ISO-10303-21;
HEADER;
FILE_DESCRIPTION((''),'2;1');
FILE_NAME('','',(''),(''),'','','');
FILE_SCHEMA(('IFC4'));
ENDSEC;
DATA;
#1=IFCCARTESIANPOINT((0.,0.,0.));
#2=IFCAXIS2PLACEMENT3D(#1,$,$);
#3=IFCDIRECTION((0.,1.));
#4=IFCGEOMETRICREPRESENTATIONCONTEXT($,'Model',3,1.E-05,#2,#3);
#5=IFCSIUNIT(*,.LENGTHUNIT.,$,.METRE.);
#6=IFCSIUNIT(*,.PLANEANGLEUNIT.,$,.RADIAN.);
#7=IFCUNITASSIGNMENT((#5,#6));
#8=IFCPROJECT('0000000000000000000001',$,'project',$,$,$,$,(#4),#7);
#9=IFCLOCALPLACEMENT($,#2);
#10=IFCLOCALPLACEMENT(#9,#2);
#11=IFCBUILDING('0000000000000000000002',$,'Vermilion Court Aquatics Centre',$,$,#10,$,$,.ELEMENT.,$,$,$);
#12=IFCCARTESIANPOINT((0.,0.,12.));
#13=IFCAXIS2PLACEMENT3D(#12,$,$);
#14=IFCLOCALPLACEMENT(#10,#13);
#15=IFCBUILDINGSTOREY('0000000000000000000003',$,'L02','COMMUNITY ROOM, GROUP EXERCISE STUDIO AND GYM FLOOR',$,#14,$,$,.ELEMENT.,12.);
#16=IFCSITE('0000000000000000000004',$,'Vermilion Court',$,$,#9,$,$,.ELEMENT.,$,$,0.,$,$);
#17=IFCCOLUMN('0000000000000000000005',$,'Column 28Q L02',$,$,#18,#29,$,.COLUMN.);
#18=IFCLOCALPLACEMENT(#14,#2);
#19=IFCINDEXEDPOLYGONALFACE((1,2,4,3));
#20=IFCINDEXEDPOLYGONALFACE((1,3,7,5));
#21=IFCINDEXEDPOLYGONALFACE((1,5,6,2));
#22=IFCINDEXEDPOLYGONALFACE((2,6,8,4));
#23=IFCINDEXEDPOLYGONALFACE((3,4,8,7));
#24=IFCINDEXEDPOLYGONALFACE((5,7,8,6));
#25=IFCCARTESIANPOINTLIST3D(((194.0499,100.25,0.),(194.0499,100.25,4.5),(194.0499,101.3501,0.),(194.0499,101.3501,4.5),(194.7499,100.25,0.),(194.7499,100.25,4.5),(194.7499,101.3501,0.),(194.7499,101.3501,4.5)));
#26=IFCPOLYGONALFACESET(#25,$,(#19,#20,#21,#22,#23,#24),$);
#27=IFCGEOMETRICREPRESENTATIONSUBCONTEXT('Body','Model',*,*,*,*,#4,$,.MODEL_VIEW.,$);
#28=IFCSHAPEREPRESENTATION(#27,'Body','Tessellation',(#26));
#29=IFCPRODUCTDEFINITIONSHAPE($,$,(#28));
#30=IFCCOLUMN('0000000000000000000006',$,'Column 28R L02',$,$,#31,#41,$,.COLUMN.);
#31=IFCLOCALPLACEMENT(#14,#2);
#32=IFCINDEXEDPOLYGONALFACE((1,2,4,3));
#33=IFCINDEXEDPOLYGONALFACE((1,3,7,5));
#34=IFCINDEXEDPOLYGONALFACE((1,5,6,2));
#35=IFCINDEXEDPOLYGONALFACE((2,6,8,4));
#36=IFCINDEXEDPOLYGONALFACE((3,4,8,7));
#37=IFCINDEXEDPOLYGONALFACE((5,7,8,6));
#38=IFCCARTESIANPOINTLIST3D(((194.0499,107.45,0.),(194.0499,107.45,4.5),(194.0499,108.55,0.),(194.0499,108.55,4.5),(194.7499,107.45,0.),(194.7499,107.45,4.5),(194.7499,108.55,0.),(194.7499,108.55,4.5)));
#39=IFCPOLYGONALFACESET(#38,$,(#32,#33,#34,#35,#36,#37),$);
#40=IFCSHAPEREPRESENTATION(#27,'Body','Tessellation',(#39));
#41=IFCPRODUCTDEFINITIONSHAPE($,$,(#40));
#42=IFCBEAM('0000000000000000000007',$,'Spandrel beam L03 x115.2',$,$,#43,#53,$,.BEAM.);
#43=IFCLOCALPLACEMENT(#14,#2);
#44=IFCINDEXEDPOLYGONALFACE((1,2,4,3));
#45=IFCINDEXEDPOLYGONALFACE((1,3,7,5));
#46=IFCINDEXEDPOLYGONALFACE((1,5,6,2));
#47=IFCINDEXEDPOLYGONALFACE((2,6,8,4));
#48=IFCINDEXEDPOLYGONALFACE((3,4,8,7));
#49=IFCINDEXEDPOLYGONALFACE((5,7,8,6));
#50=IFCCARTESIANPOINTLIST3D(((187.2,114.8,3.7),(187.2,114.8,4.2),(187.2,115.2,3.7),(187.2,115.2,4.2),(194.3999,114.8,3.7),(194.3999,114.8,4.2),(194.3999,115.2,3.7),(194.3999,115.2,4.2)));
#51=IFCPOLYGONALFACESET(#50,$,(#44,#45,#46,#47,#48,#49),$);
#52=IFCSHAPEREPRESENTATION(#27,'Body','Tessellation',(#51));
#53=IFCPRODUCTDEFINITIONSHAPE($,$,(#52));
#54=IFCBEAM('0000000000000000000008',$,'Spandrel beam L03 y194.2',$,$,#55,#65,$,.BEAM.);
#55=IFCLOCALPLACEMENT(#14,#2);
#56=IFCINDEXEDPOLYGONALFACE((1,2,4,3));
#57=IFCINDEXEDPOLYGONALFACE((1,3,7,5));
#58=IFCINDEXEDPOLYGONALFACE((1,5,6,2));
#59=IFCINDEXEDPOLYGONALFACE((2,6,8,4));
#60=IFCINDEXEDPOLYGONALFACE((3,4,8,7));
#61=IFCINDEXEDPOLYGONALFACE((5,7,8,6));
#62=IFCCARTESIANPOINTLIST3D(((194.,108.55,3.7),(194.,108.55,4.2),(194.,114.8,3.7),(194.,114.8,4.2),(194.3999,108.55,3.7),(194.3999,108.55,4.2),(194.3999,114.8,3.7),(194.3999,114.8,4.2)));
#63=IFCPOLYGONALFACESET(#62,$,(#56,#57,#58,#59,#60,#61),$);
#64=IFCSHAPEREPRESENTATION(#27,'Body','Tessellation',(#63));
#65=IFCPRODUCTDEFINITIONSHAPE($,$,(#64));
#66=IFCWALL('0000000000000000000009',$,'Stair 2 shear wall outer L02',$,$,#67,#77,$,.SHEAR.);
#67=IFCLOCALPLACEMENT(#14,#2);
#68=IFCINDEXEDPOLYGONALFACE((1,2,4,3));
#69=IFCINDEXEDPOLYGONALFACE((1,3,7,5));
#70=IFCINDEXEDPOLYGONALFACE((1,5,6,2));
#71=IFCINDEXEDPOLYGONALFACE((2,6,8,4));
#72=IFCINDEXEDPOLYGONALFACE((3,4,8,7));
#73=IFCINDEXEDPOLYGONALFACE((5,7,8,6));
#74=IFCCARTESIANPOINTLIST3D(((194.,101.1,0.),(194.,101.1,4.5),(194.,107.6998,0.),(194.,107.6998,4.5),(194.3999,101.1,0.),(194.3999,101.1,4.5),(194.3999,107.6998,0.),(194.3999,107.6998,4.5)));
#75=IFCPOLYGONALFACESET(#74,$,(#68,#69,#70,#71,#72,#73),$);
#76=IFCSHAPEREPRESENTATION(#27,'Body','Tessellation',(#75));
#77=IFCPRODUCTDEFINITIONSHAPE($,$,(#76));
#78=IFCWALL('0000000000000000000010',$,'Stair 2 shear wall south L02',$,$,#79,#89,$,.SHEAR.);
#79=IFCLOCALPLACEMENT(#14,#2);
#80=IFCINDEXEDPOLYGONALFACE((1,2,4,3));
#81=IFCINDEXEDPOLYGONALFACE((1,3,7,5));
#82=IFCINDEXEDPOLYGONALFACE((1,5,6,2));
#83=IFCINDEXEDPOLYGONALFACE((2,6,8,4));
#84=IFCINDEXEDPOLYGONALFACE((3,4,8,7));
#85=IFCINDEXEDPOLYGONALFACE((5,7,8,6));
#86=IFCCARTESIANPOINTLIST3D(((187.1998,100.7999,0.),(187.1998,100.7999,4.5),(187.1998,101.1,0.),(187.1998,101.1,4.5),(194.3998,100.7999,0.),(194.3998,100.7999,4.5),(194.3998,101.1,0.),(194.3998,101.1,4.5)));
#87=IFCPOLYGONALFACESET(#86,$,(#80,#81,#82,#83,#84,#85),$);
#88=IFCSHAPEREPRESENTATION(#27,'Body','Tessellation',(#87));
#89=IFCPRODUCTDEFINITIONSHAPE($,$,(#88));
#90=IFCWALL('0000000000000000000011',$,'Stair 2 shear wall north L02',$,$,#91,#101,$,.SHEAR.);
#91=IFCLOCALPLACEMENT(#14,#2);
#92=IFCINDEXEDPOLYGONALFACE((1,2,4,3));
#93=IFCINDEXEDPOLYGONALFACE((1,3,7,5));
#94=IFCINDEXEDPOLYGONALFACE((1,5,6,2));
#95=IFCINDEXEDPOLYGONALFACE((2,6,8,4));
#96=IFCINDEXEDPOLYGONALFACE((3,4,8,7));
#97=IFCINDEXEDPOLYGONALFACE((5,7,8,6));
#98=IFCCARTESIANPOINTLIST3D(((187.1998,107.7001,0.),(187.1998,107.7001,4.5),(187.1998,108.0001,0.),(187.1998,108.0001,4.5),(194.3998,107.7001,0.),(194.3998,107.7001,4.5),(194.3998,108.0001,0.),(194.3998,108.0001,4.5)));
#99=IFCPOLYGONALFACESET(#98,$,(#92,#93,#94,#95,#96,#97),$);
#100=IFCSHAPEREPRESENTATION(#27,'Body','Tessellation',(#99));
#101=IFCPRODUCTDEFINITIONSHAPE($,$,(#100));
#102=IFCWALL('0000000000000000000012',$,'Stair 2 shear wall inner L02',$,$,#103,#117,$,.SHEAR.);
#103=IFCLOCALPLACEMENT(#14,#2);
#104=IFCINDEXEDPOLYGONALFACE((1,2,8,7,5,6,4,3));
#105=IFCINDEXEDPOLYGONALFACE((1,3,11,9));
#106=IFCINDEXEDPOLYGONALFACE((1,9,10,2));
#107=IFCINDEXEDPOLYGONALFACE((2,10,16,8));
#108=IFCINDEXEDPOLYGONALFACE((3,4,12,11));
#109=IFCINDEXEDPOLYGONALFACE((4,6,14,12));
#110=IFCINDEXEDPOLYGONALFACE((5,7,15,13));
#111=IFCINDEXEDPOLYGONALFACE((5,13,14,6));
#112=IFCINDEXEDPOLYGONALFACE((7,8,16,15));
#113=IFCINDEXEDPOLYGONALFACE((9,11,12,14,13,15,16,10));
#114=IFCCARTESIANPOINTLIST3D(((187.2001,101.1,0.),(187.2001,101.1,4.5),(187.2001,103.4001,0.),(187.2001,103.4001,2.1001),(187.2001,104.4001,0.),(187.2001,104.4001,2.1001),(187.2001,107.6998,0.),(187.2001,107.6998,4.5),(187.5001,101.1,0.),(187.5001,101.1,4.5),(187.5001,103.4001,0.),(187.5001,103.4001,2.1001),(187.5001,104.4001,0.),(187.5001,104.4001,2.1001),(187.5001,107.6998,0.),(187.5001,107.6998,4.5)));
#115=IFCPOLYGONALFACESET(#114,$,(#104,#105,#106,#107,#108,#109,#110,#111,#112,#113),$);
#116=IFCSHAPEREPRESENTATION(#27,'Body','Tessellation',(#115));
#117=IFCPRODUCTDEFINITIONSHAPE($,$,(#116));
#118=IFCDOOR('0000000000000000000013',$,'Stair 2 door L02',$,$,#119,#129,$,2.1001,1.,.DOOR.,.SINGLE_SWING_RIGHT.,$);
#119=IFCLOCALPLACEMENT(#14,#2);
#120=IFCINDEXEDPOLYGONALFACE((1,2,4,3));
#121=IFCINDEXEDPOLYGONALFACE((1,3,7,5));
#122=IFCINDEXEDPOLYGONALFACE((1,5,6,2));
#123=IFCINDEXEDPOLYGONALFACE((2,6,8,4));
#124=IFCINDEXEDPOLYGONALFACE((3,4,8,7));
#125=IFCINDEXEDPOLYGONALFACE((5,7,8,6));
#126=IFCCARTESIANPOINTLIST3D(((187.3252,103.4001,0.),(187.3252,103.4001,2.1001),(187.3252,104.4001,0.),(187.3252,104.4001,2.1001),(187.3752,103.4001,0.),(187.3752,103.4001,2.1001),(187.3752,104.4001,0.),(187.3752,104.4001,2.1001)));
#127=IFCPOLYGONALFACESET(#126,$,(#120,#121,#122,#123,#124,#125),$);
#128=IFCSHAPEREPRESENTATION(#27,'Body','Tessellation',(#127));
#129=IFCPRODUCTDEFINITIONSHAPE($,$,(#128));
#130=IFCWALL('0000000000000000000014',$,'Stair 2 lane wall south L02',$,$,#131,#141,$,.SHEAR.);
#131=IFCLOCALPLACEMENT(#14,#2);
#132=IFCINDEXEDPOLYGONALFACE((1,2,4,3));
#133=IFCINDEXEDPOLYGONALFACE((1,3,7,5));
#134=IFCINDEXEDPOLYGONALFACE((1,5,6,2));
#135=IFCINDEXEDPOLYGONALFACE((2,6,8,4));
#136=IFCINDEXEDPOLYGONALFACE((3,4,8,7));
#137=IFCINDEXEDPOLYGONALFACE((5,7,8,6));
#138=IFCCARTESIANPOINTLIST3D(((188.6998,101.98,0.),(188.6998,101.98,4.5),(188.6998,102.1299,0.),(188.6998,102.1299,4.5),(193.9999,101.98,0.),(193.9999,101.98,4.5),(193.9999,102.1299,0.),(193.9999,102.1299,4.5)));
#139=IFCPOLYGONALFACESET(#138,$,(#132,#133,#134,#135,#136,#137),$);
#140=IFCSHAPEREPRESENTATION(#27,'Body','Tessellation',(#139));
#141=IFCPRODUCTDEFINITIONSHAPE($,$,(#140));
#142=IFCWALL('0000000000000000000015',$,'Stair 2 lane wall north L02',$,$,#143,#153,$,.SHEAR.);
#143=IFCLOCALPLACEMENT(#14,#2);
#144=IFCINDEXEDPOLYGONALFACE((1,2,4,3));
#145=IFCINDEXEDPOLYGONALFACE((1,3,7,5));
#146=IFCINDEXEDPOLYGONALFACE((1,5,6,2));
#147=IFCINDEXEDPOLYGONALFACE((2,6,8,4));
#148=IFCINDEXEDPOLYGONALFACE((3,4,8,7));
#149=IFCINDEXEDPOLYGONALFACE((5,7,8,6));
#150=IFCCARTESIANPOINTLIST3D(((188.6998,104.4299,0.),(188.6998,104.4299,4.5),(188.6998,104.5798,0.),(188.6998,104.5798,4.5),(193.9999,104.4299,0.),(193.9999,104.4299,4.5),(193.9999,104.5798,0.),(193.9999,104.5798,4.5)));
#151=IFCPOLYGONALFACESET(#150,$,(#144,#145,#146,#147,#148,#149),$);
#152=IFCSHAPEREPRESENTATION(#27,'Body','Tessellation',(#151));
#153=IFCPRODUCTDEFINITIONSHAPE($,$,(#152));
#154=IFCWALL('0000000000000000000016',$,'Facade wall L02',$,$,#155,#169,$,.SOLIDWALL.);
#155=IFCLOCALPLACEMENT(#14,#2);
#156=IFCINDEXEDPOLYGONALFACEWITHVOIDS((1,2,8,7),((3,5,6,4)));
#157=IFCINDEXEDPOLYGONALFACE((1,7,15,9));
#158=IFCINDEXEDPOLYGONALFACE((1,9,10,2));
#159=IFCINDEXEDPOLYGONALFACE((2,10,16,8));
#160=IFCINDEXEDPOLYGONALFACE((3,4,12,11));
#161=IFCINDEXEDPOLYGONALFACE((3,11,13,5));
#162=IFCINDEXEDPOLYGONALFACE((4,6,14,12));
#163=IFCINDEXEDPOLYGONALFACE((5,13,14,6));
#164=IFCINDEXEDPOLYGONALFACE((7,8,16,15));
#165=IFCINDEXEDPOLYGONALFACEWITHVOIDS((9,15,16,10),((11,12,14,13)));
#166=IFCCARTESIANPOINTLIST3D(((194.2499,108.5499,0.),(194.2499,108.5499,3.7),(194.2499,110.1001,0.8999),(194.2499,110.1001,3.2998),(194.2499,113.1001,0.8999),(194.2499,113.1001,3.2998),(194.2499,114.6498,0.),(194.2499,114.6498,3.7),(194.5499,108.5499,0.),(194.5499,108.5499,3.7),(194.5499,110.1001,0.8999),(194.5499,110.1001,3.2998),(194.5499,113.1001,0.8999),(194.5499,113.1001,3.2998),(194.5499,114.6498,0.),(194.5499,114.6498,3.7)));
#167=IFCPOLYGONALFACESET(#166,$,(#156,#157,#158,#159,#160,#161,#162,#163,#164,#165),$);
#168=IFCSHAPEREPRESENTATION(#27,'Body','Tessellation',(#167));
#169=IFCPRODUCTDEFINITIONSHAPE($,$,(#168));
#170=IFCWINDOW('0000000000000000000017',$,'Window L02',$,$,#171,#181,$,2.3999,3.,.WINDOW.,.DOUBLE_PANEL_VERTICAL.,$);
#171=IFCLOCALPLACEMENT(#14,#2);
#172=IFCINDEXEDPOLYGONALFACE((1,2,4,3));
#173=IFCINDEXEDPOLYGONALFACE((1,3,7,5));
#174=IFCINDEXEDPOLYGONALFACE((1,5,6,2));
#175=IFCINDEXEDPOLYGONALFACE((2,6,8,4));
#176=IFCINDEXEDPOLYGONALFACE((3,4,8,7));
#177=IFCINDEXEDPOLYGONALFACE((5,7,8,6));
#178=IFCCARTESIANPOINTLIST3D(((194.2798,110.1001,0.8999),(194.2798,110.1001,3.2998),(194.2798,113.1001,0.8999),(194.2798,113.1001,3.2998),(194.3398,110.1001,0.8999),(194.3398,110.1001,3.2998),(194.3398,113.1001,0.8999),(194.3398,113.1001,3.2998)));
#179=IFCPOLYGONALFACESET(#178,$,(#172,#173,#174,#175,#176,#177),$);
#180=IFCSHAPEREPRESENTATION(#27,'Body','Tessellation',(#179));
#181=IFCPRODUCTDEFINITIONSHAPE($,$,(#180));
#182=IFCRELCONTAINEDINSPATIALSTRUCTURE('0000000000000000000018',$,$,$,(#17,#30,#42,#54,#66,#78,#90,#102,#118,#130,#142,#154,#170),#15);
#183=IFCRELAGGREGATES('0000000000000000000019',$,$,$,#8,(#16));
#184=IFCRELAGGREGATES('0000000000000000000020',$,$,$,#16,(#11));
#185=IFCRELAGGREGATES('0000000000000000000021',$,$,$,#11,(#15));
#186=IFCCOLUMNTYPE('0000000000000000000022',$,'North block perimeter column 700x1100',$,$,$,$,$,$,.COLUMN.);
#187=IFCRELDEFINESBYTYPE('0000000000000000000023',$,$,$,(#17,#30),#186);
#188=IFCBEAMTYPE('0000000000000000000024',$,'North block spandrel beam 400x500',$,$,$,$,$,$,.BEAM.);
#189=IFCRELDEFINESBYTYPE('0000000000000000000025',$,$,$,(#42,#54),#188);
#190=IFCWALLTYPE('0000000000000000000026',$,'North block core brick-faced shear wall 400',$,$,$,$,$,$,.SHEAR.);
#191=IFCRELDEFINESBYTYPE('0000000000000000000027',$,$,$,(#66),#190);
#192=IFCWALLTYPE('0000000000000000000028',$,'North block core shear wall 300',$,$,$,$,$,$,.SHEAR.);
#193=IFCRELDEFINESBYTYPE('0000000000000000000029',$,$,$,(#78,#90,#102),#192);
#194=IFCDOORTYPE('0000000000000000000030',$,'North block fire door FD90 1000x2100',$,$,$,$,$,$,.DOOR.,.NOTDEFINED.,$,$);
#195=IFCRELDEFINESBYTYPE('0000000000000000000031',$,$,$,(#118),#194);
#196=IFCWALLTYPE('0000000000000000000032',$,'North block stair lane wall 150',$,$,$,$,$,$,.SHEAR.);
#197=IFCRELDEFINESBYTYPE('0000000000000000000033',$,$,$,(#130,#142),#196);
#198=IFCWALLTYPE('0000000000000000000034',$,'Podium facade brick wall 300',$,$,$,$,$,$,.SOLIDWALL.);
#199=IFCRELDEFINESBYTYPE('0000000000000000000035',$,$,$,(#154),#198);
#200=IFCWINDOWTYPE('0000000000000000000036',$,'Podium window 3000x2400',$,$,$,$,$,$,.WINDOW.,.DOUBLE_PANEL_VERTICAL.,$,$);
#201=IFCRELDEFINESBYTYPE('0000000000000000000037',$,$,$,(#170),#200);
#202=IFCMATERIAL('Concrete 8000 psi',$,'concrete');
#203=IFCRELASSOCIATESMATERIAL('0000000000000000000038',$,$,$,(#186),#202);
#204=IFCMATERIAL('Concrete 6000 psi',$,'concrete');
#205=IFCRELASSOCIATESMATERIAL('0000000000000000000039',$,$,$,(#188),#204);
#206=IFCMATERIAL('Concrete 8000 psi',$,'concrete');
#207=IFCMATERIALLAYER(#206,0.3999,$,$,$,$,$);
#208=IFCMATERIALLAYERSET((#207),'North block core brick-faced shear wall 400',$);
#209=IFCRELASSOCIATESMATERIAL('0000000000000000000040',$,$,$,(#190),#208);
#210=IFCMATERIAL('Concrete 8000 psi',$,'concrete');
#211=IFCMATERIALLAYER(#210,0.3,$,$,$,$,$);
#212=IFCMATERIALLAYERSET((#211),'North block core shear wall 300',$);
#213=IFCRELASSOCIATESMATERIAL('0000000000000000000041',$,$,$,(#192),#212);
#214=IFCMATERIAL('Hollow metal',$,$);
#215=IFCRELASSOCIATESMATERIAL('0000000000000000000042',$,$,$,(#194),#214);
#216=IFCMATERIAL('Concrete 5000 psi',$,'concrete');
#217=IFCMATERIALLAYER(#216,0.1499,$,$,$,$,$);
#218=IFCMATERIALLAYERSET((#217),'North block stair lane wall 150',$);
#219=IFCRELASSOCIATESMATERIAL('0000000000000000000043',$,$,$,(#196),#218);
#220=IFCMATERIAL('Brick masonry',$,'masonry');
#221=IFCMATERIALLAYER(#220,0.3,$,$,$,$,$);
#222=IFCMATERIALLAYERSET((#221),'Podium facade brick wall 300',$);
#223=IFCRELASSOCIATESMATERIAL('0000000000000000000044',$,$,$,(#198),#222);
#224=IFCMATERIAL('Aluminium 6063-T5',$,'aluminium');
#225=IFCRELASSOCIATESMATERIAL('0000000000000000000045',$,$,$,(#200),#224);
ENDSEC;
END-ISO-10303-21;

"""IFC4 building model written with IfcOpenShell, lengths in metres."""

from ifc_helpers import new_model, si_unit, direction, frame, frame_2d, origin, origin_2d, place, context, subcontext, project, spatial, rectangle, extrude, material, layer, layer_set, material_profile, profile_set, type_object, element, fill, save


model = new_model("IFC4")

# Units and contexts
model_context = context("Model", 3, precision=1e-05, world=origin(), true_north=direction((0.0, 1.0)))
body_context = subcontext(model_context, "Body", "Model", "MODEL_VIEW")
ifc_project = project(units=[si_unit("LENGTHUNIT", "METRE"), si_unit("PLANEANGLEUNIT", "RADIAN")], contexts=[model_context])

# Site, building, storey
site_placement = place(None, origin())
site = spatial("IfcSite", under=ifc_project, at=site_placement, Name="Vermilion Court", CompositionType="ELEMENT", RefElevation=0.0)
building_placement = place(site_placement, origin())
building = spatial("IfcBuilding", under=site, at=building_placement, Name="Vermilion Court Aquatics Centre", CompositionType="ELEMENT")
storey_placement = place(building_placement, frame((0.0, 0.0, 12.0)))
storey = spatial("IfcBuildingStorey", under=building, at=storey_placement, Name="L02", Description="COMMUNITY ROOM, GROUP EXERCISE STUDIO AND GYM FLOOR", CompositionType="ELEMENT", Elevation=12.0)

# Columns
ifc_material_1 = material(Name="Concrete 8000 psi", Category="concrete")
ifc_material_profile_1 = material_profile(ifc_material_1, rectangle(XDim=0.7, YDim=1.1001, at=origin_2d()), Name="RC 700x1100")
ifc_profile_set_1 = profile_set([ifc_material_profile_1], Name="Concrete 8000 psi")
column_type = type_object("IfcColumnType", Name="North block perimeter column 700x1100", PredefinedType="COLUMN", material=ifc_profile_set_1)
for number, where, z_axis, x_axis, name in (
    (1, (194.3999, 100.8, 0.0), (0.0, 0.0, 1.0), (1.0, 0.0, 0.0), "Column 28Q L02"),
    (2, (194.3999, 108.0, 0.0), (0.0, 0.0, 1.0), (1.0, 0.0, 0.0), "Column 28R L02"),
):
    element("IfcColumn", number, at=place(storey_placement, frame(where, z_axis=z_axis, x_axis=x_axis)), inside=storey, type_object=column_type, Name=name, PredefinedType="COLUMN", context=body_context, shape_type="SweptSolid", body=[
        extrude(rectangle(XDim=0.7, YDim=1.1001, at=origin_2d()), origin(), (0.0, 0.0, 1.0), 4.5),
    ])

# Beams
ifc_material_2 = material(Name="Concrete 6000 psi", Category="concrete")
ifc_material_profile_2 = material_profile(ifc_material_2, rectangle(XDim=0.3999, YDim=0.5, at=origin_2d()), Name="RC 400x500")
ifc_profile_set_2 = profile_set([ifc_material_profile_2], Name="Concrete 6000 psi")
beam_type = type_object("IfcBeamType", Name="North block spandrel beam 400x500", PredefinedType="BEAM", material=ifc_profile_set_2)
beam_1_placement = place(storey_placement, frame((187.2, 115.0, 3.95), z_axis=(1.0, 0.0, 0.0), x_axis=(0.0, 1.0, 0.0)))
element("IfcBeam", 3, at=beam_1_placement, inside=storey, type_object=beam_type, Name="Spandrel beam L03 x115.2", PredefinedType="BEAM", context=body_context, shape_type="SweptSolid", body=[
    extrude(rectangle(XDim=0.3999, YDim=0.5, at=origin_2d()), origin(), (0.0, 0.0, 1.0), 7.2),
])
beam_2_placement = place(storey_placement, frame((194.2, 108.55, 3.95), z_axis=(0.0, 1.0, 0.0), x_axis=(-1.0, 0.0, 0.0)))
element("IfcBeam", 4, at=beam_2_placement, inside=storey, type_object=beam_type, Name="Spandrel beam L03 y194.2", PredefinedType="BEAM", context=body_context, shape_type="SweptSolid", body=[
    extrude(rectangle(XDim=0.3999, YDim=0.5, at=origin_2d()), origin(), (0.0, 0.0, 1.0), 6.25),
])

# Walls
ifc_material_3 = material(Name="Concrete 8000 psi", Category="concrete")
ifc_layer_1 = layer(ifc_material_3, 0.3999)
ifc_layer_set_1 = layer_set([ifc_layer_1], Name="North block core brick-faced shear wall 400")
wall_type_1 = type_object("IfcWallType", Name="North block core brick-faced shear wall 400", PredefinedType="SHEAR", material=ifc_layer_set_1)
wall_1_placement = place(storey_placement, frame((194.2, 101.1001, 0.0), z_axis=(0.0, 0.0, 1.0), x_axis=(0.0, 1.0, 0.0)))
element("IfcWall", 5, at=wall_1_placement, inside=storey, type_object=wall_type_1, Name="Stair 2 shear wall outer L02", PredefinedType="SHEAR", context=body_context, shape_type="SweptSolid", body=[
    extrude(rectangle(XDim=6.5999, YDim=0.3999, at=frame_2d((3.2998, 0.0))), origin(), (0.0, 0.0, 1.0), 4.5),
])
ifc_material_4 = material(Name="Concrete 8000 psi", Category="concrete")
ifc_layer_2 = layer(ifc_material_4, 0.3)
ifc_layer_set_2 = layer_set([ifc_layer_2], Name="North block core shear wall 300")
wall_type_2 = type_object("IfcWallType", Name="North block core shear wall 300", PredefinedType="SHEAR", material=ifc_layer_set_2)
for number, where, z_axis, x_axis, name in (
    (6, (194.3999, 100.95, 0.0), (0.0, 0.0, 1.0), (-1.0, 0.0, 0.0), "Stair 2 shear wall south L02"),
    (7, (194.3999, 107.8501, 0.0), (0.0, 0.0, 1.0), (-1.0, 0.0, 0.0), "Stair 2 shear wall north L02"),
):
    element("IfcWall", number, at=place(storey_placement, frame(where, z_axis=z_axis, x_axis=x_axis)), inside=storey, type_object=wall_type_2, Name=name, PredefinedType="SHEAR", context=body_context, shape_type="SweptSolid", body=[
        extrude(rectangle(XDim=7.2, YDim=0.3, at=frame_2d((3.6001, 0.0))), origin(), (0.0, 0.0, 1.0), 4.5),
    ])

# Wall, opening, door
wall_2_placement = place(storey_placement, frame((187.3501, 101.1001, 0.0), z_axis=(0.0, 0.0, 1.0), x_axis=(0.0, 1.0, 0.0)))
wall_2 = element("IfcWall", 8, at=wall_2_placement, inside=storey, type_object=wall_type_2, Name="Stair 2 shear wall inner L02", PredefinedType="SHEAR", context=body_context, shape_type="SweptSolid", body=[
    extrude(rectangle(XDim=6.5999, YDim=0.3, at=frame_2d((3.2998, 0.0))), origin(), (0.0, 0.0, 1.0), 4.5),
])
opening_1_placement = place(wall_2_placement, frame((2.3, 0.0, 0.0)))
opening_1 = element("IfcOpeningElement", 9, at=opening_1_placement, cuts=wall_2, PredefinedType="OPENING", context=body_context, shape_type="SweptSolid", body=[
    extrude(rectangle(XDim=1.0, YDim=2.1001, at=frame_2d((0.5, 1.05))), frame((0.0, 0.1599, 0.0), z_axis=(0.0, -1.0, 0.0), x_axis=(1.0, 0.0, 0.0)), (0.0, 0.0, 1.0), 0.3201),
])
ifc_material_5 = material(Name="Hollow metal")
door_type = type_object("IfcDoorType", Name="North block fire door FD90 1000x2100", OperationType="NOTDEFINED", PredefinedType="DOOR", material=ifc_material_5)
door_placement = place(opening_1_placement, frame((1.0, 0.0, 0.0), z_axis=(0.0, 0.0, 1.0), x_axis=(-1.0, 0.0, 0.0)))
door = element("IfcDoor", 10, at=door_placement, inside=storey, type_object=door_type, Name="Stair 2 door L02", OperationType="SINGLE_SWING_RIGHT", OverallHeight=2.1001, OverallWidth=1.0, PredefinedType="DOOR", context=body_context, shape_type="SweptSolid", body=[
    extrude(rectangle(XDim=1.0, YDim=2.1001, at=frame_2d((0.5, 1.05))), frame((0.0, 0.0251, 0.0), z_axis=(0.0, -1.0, 0.0), x_axis=(1.0, 0.0, 0.0)), (0.0, 0.0, 1.0), 0.05),
])
fill(opening_1, door)

# Walls
ifc_material_6 = material(Name="Concrete 5000 psi", Category="concrete")
ifc_layer_3 = layer(ifc_material_6, 0.1499)
ifc_layer_set_3 = layer_set([ifc_layer_3], Name="North block stair lane wall 150")
wall_type_3 = type_object("IfcWallType", Name="North block stair lane wall 150", PredefinedType="SHEAR", material=ifc_layer_set_3)
for number, where, z_axis, x_axis, name in (
    (11, (188.7, 102.0549, 0.0), (0.0, 0.0, 1.0), (1.0, 0.0, 0.0), "Stair 2 lane wall south L02"),
    (12, (188.7, 104.5049, 0.0), (0.0, 0.0, 1.0), (1.0, 0.0, 0.0), "Stair 2 lane wall north L02"),
):
    element("IfcWall", number, at=place(storey_placement, frame(where, z_axis=z_axis, x_axis=x_axis)), inside=storey, type_object=wall_type_3, Name=name, PredefinedType="SHEAR", context=body_context, shape_type="SweptSolid", body=[
        extrude(rectangle(XDim=5.3, YDim=0.1499, at=frame_2d((2.6499, 0.0))), origin(), (0.0, 0.0, 1.0), 4.5),
    ])

# Wall, opening, window
ifc_material_7 = material(Name="Brick masonry", Category="masonry")
ifc_layer_4 = layer(ifc_material_7, 0.3)
ifc_layer_set_4 = layer_set([ifc_layer_4], Name="Podium facade brick wall 300")
wall_type_4 = type_object("IfcWallType", Name="Podium facade brick wall 300", PredefinedType="SOLIDWALL", material=ifc_layer_set_4)
wall_3_placement = place(storey_placement, frame((194.3999, 108.55, 0.0), z_axis=(0.0, 0.0, 1.0), x_axis=(0.0, 1.0, 0.0)))
wall_3 = element("IfcWall", 13, at=wall_3_placement, inside=storey, type_object=wall_type_4, Name="Facade wall L02", PredefinedType="SOLIDWALL", context=body_context, shape_type="SweptSolid", body=[
    extrude(rectangle(XDim=6.0999, YDim=0.3, at=frame_2d((3.0498, 0.0))), origin(), (0.0, 0.0, 1.0), 3.7),
])
opening_2_placement = place(wall_3_placement, frame((1.55, 0.0, 0.8999)))
opening_2 = element("IfcOpeningElement", 14, at=opening_2_placement, cuts=wall_3, PredefinedType="OPENING", context=body_context, shape_type="SweptSolid", body=[
    extrude(rectangle(XDim=3.0, YDim=2.3999, at=frame_2d((1.5, 1.2))), frame((0.0, 0.1599, 0.0), z_axis=(0.0, -1.0, 0.0), x_axis=(1.0, 0.0, 0.0)), (0.0, 0.0, 1.0), 0.3201),
])
ifc_material_8 = material(Name="Aluminium 6063-T5", Category="aluminium")
window_type = type_object("IfcWindowType", Name="Podium window 3000x2400", PartitioningType="DOUBLE_PANEL_VERTICAL", PredefinedType="WINDOW", material=ifc_material_8)
window_placement = place(opening_2_placement, origin())
window = element("IfcWindow", 15, at=window_placement, inside=storey, type_object=window_type, Name="Window L02", OverallHeight=2.3999, OverallWidth=3.0, PartitioningType="DOUBLE_PANEL_VERTICAL", PredefinedType="WINDOW", context=body_context, shape_type="SweptSolid", body=[
    extrude(rectangle(XDim=3.0, YDim=2.3999, at=frame_2d((1.5, 1.2))), frame((0.0, 0.1201, 0.0), z_axis=(0.0, -1.0, 0.0), x_axis=(1.0, 0.0, 0.0)), (0.0, 0.0, 1.0), 0.0601),
])
fill(opening_2, window)

save(model, "model.ifc")
